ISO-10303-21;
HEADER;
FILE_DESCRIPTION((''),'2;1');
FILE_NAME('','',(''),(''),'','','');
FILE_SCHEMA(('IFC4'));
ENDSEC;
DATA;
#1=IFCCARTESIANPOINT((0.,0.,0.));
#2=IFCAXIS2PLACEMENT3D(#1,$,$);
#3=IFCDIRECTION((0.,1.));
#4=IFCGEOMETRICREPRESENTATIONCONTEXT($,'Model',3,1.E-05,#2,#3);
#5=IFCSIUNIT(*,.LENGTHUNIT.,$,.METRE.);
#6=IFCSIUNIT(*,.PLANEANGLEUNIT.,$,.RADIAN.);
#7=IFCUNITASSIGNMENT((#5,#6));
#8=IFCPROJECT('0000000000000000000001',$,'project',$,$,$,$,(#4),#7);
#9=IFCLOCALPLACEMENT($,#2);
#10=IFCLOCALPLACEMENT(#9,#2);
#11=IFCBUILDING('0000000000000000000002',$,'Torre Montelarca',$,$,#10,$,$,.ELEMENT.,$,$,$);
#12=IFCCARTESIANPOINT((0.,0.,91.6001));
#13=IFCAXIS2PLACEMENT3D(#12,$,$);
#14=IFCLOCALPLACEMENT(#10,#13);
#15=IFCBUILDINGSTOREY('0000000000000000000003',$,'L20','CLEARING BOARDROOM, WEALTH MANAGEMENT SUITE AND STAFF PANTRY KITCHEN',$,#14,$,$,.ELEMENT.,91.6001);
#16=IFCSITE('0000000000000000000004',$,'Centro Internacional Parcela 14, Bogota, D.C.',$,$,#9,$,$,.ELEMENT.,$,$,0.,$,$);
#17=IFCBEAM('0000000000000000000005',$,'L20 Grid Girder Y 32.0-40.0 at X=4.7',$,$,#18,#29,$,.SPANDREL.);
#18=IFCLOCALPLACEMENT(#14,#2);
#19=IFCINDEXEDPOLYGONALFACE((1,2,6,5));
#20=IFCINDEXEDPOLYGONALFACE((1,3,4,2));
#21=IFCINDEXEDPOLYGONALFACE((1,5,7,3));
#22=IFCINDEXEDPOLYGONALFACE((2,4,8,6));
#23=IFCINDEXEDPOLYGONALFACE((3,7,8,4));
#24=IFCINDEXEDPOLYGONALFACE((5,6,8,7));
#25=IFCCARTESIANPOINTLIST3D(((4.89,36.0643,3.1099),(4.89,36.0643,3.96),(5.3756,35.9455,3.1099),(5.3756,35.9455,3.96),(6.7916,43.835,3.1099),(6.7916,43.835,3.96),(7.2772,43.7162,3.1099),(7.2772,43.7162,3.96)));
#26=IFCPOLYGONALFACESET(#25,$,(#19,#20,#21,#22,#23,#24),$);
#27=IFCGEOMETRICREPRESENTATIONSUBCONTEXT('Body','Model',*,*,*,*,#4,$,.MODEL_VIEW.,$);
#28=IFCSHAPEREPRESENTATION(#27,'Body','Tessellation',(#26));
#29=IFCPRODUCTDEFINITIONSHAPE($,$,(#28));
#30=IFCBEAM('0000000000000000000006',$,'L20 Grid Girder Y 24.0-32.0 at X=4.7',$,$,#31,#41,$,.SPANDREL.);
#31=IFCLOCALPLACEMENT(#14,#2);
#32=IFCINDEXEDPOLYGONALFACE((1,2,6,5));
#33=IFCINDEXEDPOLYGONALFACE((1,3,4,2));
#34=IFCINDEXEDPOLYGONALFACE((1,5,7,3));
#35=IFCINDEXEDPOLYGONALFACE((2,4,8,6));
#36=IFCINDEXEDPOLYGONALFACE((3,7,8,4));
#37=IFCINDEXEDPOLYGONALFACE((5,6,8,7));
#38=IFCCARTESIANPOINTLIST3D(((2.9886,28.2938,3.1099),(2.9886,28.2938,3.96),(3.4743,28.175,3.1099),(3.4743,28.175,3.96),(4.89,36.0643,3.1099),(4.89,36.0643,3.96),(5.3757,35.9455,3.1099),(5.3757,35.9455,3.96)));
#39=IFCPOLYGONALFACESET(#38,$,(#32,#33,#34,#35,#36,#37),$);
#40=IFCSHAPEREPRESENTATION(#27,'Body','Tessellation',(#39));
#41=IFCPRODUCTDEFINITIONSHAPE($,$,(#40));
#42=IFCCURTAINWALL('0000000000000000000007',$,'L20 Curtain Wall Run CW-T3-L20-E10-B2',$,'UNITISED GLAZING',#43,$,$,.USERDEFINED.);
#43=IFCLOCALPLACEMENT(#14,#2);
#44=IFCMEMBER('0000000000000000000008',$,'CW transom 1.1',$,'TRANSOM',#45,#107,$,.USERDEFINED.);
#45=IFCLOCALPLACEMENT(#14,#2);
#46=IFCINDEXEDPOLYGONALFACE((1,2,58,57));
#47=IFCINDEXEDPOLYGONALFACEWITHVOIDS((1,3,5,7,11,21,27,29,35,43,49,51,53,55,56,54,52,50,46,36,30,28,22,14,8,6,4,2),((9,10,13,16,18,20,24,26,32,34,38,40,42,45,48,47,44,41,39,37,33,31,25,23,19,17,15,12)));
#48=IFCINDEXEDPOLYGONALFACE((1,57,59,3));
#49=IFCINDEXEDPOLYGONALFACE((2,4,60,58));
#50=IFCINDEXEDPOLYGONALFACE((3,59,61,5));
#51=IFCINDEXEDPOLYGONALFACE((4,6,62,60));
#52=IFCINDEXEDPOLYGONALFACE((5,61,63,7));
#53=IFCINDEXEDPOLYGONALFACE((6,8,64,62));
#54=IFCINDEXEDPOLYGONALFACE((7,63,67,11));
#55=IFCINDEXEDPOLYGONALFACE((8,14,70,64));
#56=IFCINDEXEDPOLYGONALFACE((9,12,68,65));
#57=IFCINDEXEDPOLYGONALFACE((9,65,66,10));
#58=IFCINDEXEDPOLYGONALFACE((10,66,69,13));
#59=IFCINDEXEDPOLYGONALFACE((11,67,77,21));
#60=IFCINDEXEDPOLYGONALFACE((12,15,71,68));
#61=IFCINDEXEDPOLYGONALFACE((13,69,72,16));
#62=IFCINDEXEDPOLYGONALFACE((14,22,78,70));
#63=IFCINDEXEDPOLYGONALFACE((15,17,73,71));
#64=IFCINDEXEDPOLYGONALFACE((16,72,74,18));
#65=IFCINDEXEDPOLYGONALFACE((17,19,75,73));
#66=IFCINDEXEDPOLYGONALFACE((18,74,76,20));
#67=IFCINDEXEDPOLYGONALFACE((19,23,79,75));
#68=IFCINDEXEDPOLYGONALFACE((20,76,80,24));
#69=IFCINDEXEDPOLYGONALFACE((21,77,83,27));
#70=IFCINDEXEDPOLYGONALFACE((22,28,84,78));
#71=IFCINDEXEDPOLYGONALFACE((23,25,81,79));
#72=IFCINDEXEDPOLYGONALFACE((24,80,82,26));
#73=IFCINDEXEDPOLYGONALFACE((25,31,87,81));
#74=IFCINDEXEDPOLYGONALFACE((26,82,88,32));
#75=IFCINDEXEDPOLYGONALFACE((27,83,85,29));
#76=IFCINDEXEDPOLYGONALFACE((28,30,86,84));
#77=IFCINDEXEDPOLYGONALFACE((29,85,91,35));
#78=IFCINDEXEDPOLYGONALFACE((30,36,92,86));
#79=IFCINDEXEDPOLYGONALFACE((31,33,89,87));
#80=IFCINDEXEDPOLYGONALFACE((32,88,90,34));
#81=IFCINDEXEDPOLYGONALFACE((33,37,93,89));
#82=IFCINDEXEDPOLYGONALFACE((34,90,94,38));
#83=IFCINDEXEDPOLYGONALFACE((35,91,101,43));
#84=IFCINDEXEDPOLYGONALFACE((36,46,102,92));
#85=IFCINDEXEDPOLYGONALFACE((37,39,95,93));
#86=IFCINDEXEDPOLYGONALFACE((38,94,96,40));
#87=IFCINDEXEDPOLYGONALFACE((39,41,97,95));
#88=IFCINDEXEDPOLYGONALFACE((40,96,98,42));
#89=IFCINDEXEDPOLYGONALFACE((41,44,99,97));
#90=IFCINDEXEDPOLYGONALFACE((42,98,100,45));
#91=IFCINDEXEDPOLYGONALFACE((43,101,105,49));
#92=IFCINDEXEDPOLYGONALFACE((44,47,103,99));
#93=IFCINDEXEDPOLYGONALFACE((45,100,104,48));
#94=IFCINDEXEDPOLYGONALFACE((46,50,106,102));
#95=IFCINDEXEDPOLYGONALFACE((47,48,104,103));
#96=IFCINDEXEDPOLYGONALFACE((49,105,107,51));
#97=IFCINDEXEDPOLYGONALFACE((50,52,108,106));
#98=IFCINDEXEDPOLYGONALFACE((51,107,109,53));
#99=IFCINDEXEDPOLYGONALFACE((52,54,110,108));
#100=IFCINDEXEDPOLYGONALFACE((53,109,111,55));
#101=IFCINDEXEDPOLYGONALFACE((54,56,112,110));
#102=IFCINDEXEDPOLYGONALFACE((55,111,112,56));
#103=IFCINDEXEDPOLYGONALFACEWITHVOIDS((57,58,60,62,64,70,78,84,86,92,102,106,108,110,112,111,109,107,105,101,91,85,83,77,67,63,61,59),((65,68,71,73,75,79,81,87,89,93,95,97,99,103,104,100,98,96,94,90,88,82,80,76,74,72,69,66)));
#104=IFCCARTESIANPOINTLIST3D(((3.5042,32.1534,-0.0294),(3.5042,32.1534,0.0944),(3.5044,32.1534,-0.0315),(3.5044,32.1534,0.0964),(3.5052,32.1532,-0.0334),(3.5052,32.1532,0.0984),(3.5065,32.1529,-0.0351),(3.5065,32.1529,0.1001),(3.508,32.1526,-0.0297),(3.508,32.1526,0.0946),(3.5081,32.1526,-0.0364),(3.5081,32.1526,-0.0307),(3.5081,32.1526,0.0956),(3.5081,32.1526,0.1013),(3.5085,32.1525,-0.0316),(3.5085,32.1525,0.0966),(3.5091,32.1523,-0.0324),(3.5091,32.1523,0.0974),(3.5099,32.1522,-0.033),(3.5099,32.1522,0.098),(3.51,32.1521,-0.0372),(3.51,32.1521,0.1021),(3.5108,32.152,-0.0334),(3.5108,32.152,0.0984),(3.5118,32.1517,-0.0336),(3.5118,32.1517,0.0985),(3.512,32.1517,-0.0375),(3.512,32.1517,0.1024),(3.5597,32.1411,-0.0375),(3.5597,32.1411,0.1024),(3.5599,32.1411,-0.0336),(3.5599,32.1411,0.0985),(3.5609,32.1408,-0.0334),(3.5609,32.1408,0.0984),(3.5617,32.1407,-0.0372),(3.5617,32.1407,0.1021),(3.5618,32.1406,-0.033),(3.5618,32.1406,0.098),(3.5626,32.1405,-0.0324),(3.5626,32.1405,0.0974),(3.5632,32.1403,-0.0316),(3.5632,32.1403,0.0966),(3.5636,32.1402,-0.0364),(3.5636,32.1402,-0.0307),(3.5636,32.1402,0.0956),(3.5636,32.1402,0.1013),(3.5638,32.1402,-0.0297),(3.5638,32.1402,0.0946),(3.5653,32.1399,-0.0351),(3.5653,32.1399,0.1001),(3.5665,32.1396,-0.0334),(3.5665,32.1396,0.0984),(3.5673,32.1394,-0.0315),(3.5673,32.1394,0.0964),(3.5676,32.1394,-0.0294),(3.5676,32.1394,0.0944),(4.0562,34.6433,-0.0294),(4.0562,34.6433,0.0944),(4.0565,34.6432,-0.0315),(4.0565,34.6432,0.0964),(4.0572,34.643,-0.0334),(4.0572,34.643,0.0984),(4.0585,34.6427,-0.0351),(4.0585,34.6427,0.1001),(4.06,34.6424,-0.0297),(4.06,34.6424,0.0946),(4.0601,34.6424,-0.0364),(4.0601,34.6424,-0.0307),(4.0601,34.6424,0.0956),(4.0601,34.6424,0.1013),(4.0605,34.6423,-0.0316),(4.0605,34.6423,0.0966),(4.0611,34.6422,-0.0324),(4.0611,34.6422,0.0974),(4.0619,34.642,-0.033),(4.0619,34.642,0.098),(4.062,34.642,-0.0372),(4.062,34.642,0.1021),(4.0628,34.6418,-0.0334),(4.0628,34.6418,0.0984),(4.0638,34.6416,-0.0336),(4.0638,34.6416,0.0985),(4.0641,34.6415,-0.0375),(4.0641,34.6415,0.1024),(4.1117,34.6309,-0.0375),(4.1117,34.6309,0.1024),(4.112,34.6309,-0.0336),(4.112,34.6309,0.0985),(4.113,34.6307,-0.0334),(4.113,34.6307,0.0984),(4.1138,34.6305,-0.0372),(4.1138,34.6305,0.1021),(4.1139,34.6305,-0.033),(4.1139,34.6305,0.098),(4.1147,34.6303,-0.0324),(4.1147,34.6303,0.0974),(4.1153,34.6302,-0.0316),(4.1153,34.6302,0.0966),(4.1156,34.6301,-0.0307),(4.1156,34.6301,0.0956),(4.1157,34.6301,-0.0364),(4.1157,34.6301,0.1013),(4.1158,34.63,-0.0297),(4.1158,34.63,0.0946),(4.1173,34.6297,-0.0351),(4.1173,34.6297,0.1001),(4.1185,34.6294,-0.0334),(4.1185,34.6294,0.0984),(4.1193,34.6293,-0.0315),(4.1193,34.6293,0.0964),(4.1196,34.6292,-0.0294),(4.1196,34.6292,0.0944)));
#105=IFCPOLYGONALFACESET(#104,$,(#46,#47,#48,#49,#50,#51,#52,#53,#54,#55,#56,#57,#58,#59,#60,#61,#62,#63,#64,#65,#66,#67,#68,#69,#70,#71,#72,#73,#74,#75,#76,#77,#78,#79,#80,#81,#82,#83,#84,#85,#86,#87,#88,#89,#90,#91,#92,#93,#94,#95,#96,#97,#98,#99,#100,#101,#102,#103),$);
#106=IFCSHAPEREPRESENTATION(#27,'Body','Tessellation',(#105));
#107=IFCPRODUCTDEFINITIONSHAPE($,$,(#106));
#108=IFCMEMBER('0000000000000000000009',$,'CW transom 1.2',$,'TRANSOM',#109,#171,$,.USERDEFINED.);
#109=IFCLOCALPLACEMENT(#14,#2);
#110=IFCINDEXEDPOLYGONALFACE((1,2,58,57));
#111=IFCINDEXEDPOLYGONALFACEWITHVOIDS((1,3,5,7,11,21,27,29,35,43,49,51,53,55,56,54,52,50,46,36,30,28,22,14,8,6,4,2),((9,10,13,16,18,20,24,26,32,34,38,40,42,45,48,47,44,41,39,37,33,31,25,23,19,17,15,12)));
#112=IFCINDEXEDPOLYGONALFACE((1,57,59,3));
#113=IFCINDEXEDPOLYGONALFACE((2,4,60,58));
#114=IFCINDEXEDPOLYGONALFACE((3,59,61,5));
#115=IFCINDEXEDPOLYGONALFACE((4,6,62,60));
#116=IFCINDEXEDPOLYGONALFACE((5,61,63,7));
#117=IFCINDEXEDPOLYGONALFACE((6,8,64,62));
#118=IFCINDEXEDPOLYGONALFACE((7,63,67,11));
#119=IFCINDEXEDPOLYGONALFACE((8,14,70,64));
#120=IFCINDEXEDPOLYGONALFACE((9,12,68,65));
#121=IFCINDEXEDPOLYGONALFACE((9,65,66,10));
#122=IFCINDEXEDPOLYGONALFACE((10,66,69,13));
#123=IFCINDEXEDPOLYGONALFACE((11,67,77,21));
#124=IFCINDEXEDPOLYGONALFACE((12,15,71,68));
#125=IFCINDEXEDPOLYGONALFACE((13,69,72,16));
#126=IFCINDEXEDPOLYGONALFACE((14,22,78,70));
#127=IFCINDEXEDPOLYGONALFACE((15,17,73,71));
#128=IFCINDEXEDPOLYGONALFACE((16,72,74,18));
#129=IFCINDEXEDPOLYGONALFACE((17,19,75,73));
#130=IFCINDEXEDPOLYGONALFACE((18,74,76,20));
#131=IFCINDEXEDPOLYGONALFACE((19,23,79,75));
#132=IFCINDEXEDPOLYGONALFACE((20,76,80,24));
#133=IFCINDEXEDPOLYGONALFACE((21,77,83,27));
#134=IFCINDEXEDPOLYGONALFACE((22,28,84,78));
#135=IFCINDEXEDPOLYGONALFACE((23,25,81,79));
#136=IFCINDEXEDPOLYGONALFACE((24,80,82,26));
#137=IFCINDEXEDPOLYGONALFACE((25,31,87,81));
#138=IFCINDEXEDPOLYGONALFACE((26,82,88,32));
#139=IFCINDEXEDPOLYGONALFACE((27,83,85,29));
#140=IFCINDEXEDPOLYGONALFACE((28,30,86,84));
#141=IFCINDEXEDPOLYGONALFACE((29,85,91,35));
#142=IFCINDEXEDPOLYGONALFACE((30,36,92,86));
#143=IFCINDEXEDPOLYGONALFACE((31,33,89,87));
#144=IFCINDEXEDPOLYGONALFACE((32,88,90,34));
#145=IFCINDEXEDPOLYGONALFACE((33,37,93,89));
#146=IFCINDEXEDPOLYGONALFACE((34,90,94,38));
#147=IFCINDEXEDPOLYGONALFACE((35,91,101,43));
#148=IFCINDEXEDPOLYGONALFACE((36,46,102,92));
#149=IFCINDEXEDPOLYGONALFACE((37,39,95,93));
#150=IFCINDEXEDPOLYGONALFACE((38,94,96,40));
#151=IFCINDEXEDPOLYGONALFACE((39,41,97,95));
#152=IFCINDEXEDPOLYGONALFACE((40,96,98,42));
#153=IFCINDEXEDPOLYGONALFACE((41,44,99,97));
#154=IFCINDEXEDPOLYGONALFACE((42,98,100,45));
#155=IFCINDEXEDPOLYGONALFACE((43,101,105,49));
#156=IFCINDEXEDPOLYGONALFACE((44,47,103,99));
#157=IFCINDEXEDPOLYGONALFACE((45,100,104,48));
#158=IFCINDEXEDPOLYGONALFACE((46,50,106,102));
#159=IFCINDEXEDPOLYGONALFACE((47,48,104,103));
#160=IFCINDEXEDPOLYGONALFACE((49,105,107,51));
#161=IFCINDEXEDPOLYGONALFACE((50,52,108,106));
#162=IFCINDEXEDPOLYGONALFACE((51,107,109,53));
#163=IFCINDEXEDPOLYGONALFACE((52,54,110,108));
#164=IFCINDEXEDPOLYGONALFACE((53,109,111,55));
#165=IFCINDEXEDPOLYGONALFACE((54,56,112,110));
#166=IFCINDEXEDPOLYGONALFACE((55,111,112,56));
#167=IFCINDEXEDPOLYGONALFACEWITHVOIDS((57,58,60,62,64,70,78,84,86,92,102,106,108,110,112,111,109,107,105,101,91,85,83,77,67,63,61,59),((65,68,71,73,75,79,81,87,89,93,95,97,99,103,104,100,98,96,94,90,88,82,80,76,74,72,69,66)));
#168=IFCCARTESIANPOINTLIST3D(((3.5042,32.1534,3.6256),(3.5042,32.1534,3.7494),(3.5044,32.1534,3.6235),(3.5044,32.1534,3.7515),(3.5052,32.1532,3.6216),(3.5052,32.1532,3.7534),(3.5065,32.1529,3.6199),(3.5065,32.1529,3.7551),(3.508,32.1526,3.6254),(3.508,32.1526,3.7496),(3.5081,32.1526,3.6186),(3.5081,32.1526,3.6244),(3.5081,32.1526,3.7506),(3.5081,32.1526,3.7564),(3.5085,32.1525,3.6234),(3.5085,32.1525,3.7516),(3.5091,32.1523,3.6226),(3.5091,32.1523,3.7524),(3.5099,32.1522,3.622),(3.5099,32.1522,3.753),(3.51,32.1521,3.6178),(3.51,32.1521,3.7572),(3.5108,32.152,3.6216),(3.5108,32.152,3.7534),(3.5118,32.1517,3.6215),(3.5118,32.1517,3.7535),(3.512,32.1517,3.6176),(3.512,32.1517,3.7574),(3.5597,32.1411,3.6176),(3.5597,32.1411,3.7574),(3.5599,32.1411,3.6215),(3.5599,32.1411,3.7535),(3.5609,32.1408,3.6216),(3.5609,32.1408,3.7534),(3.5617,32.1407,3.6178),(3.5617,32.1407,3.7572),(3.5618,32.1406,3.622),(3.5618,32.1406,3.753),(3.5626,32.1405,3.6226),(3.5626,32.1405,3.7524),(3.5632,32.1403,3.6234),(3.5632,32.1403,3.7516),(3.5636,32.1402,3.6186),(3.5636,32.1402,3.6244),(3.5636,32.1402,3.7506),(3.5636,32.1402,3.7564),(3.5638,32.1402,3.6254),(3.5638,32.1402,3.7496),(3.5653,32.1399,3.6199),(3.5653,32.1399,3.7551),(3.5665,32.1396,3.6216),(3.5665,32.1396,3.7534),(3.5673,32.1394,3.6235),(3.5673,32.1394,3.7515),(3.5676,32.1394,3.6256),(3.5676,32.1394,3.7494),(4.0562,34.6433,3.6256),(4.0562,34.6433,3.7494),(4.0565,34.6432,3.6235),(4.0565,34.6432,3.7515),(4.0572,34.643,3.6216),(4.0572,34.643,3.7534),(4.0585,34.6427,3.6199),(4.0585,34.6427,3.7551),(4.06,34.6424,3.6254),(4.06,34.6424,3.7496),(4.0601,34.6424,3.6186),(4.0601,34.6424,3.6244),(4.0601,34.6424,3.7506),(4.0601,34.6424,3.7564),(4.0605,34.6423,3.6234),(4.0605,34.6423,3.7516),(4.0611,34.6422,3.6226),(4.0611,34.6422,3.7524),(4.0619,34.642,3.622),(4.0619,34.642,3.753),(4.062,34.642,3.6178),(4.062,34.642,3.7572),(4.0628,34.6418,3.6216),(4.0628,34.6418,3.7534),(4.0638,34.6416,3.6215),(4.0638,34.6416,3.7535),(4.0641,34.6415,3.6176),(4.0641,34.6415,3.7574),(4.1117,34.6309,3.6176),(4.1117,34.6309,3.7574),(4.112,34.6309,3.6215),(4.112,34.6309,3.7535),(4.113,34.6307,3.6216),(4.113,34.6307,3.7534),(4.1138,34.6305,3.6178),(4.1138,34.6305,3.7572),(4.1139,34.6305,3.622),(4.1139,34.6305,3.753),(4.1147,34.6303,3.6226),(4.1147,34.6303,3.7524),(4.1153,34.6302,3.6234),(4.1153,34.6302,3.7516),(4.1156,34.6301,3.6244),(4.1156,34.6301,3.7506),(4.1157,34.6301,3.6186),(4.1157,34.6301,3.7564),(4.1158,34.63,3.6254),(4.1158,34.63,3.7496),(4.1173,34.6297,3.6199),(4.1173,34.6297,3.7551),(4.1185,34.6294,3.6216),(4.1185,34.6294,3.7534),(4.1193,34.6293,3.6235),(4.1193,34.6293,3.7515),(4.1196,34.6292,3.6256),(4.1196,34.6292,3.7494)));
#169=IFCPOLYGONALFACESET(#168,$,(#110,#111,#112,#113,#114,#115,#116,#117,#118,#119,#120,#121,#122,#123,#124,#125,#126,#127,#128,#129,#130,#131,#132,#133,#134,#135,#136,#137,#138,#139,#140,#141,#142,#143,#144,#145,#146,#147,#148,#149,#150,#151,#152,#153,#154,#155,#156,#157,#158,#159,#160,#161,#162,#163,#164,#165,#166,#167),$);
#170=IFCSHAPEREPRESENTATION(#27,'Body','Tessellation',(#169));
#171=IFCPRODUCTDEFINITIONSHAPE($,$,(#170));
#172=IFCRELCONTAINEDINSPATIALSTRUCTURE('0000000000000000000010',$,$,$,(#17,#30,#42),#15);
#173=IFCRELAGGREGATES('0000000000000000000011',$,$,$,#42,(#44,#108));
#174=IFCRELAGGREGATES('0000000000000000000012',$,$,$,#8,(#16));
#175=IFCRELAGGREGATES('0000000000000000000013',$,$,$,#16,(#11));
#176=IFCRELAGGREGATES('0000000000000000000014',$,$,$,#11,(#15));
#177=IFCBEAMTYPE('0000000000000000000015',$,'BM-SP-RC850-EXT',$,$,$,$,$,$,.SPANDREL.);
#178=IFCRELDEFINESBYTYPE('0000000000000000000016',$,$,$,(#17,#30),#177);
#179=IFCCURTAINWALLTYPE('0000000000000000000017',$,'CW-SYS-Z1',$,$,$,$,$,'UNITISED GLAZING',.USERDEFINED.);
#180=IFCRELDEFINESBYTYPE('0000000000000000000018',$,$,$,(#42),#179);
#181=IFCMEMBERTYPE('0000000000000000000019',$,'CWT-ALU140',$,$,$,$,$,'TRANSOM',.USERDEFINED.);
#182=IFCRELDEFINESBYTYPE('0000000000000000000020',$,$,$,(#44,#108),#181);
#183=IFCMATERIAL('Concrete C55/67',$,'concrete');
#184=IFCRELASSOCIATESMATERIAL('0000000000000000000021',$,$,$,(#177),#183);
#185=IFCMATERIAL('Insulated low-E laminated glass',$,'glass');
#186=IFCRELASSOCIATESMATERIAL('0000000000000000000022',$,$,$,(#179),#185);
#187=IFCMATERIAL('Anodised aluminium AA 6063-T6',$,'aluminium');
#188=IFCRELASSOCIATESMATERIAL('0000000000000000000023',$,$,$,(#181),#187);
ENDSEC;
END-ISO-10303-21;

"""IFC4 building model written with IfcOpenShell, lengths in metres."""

from ifc_helpers import new_model, si_unit, direction, frame, origin, origin_2d, place, context, subcontext, project, spatial, rectangle, hollow_rectangle, extrude, source, transform, mapped, material, material_profile, profile_set, type_object, element, aggregate, save


model = new_model("IFC4")

# Units and contexts
model_context = context("Model", 3, precision=1e-05, world=origin(), true_north=direction((0.0, 1.0)))
body_context = subcontext(model_context, "Body", "Model", "MODEL_VIEW")
ifc_project = project(units=[si_unit("LENGTHUNIT", "METRE"), si_unit("PLANEANGLEUNIT", "RADIAN")], contexts=[model_context])

# Site, building, storey
site_placement = place(None, origin())
site = spatial("IfcSite", under=ifc_project, at=site_placement, Name="Centro Internacional Parcela 14, Bogota, D.C.", CompositionType="ELEMENT", RefElevation=0.0)
building_placement = place(site_placement, origin())
building = spatial("IfcBuilding", under=site, at=building_placement, Name="Torre Montelarca", CompositionType="ELEMENT")
storey_placement = place(building_placement, frame((0.0, 0.0, 91.6001)))
storey = spatial("IfcBuildingStorey", under=building, at=storey_placement, Name="L20", Description="CLEARING BOARDROOM, WEALTH MANAGEMENT SUITE AND STAFF PANTRY KITCHEN", CompositionType="ELEMENT", Elevation=91.6001)

# Shared definitions
ifc_material_1 = material(Name="Concrete C55/67", Category="concrete")

# Beams
ifc_material_profile_1 = material_profile(ifc_material_1, rectangle(XDim=0.5, YDim=0.8501, at=origin_2d()), Name="RCB500X850", Category="concrete")
ifc_profile_set_1 = profile_set([ifc_material_profile_1], Name="Concrete C55/67")
beam_type = type_object("IfcBeamType", Name="BM-SP-RC850-EXT", PredefinedType="SPANDREL", material=ifc_profile_set_1)
shared_shape_1 = source(origin(), body_context, "Body", "SweptSolid", [
    extrude(rectangle(XDim=0.5, YDim=0.8501, at=origin_2d()), origin(), (0.0, 0.0, 1.0), 8.0),
])
beam_1_placement = place(storey_placement, frame((5.1328, 36.0049, 3.5349), z_axis=(0.2377, 0.971339, 0.0), x_axis=(-0.971339, 0.2377, 0.0)))
element("IfcBeam", 1, at=beam_1_placement, inside=storey, type_object=beam_type, Name="L20 Grid Girder Y 32.0-40.0 at X=4.7", PredefinedType="SPANDREL", context=body_context, shape_type="MappedRepresentation", body=[
    mapped(shared_shape_1, transform((0.0, 0.0, 0.0), scale=1.0)),
])
shared_shape_2 = source(origin(), body_context, "Body", "SweptSolid", [
    extrude(rectangle(XDim=0.5, YDim=0.8501, at=origin_2d()), origin(), (0.0, 0.0, 1.0), 7.9998),
])
beam_2_placement = place(storey_placement, frame((3.2314, 28.2344, 3.5349), z_axis=(0.237678, 0.971344, 0.0), x_axis=(-0.971344, 0.237678, 0.0)))
element("IfcBeam", 2, at=beam_2_placement, inside=storey, type_object=beam_type, Name="L20 Grid Girder Y 24.0-32.0 at X=4.7", PredefinedType="SPANDREL", context=body_context, shape_type="MappedRepresentation", body=[
    mapped(shared_shape_2, transform((0.0, 0.0, 0.0), scale=1.0)),
])

# Curtain wall, members
ifc_material_2 = material(Name="Insulated low-E laminated glass", Category="glass")
curtain_wall_type = type_object("IfcCurtainWallType", Name="CW-SYS-Z1", ElementType="UNITISED GLAZING", PredefinedType="USERDEFINED", material=ifc_material_2)
curtain_wall_1_placement = place(storey_placement, origin())
curtain_wall_1 = element("IfcCurtainWall", 3, at=curtain_wall_1_placement, inside=storey, type_object=curtain_wall_type, Name="L20 Curtain Wall Run CW-T3-L20-E10-B2", ObjectType="UNITISED GLAZING", PredefinedType="USERDEFINED")
ifc_material_3 = material(Name="Anodised aluminium AA 6063-T6", Category="aluminium")
ifc_material_profile_2 = material_profile(ifc_material_3, hollow_rectangle(XDim=0.0649, YDim=0.1399, WallThickness=0.0039, InnerFilletRadius=0.0039, OuterFilletRadius=0.0081, at=origin_2d()), Name="ALU65X140X4", Category="aluminium")
ifc_profile_set_2 = profile_set([ifc_material_profile_2], Name="Anodised aluminium AA 6063-T6")
member_type_1 = type_object("IfcMemberType", Name="CWT-ALU140", ElementType="TRANSOM", PredefinedType="USERDEFINED", material=ifc_profile_set_2)
shared_shape_3 = source(origin(), body_context, "Body", "SweptSolid", [
    extrude(hollow_rectangle(XDim=0.0649, YDim=0.1399, WallThickness=0.0039, InnerFilletRadius=0.0039, OuterFilletRadius=0.0081, at=origin_2d()), origin(), (0.0, 0.0, 1.0), 2.5503),
])
member_1_placement = place(storey_placement, frame((4.0879, 34.6362, 0.0325), z_axis=(-0.216454, -0.976293, 0.0), x_axis=(0.976293, -0.216454, 0.0)))
member_1 = element("IfcMember", 4, at=member_1_placement, type_object=member_type_1, Name="CW transom 1.1", ObjectType="TRANSOM", PredefinedType="USERDEFINED", context=body_context, shape_type="MappedRepresentation", body=[
    mapped(shared_shape_3, transform((0.0, 0.0, 0.0), scale=1.0)),
])
member_2_placement = place(storey_placement, frame((4.0879, 34.6362, 3.6875), z_axis=(-0.216454, -0.976293, 0.0), x_axis=(0.976293, -0.216454, 0.0)))
member_2 = element("IfcMember", 5, at=member_2_placement, type_object=member_type_1, Name="CW transom 1.2", ObjectType="TRANSOM", PredefinedType="USERDEFINED", context=body_context, shape_type="MappedRepresentation", body=[
    mapped(shared_shape_3, transform((0.0, 0.0, 0.0), scale=1.0)),
])

aggregate(curtain_wall_1, [member_1, member_2])

save(model, "model.ifc")
